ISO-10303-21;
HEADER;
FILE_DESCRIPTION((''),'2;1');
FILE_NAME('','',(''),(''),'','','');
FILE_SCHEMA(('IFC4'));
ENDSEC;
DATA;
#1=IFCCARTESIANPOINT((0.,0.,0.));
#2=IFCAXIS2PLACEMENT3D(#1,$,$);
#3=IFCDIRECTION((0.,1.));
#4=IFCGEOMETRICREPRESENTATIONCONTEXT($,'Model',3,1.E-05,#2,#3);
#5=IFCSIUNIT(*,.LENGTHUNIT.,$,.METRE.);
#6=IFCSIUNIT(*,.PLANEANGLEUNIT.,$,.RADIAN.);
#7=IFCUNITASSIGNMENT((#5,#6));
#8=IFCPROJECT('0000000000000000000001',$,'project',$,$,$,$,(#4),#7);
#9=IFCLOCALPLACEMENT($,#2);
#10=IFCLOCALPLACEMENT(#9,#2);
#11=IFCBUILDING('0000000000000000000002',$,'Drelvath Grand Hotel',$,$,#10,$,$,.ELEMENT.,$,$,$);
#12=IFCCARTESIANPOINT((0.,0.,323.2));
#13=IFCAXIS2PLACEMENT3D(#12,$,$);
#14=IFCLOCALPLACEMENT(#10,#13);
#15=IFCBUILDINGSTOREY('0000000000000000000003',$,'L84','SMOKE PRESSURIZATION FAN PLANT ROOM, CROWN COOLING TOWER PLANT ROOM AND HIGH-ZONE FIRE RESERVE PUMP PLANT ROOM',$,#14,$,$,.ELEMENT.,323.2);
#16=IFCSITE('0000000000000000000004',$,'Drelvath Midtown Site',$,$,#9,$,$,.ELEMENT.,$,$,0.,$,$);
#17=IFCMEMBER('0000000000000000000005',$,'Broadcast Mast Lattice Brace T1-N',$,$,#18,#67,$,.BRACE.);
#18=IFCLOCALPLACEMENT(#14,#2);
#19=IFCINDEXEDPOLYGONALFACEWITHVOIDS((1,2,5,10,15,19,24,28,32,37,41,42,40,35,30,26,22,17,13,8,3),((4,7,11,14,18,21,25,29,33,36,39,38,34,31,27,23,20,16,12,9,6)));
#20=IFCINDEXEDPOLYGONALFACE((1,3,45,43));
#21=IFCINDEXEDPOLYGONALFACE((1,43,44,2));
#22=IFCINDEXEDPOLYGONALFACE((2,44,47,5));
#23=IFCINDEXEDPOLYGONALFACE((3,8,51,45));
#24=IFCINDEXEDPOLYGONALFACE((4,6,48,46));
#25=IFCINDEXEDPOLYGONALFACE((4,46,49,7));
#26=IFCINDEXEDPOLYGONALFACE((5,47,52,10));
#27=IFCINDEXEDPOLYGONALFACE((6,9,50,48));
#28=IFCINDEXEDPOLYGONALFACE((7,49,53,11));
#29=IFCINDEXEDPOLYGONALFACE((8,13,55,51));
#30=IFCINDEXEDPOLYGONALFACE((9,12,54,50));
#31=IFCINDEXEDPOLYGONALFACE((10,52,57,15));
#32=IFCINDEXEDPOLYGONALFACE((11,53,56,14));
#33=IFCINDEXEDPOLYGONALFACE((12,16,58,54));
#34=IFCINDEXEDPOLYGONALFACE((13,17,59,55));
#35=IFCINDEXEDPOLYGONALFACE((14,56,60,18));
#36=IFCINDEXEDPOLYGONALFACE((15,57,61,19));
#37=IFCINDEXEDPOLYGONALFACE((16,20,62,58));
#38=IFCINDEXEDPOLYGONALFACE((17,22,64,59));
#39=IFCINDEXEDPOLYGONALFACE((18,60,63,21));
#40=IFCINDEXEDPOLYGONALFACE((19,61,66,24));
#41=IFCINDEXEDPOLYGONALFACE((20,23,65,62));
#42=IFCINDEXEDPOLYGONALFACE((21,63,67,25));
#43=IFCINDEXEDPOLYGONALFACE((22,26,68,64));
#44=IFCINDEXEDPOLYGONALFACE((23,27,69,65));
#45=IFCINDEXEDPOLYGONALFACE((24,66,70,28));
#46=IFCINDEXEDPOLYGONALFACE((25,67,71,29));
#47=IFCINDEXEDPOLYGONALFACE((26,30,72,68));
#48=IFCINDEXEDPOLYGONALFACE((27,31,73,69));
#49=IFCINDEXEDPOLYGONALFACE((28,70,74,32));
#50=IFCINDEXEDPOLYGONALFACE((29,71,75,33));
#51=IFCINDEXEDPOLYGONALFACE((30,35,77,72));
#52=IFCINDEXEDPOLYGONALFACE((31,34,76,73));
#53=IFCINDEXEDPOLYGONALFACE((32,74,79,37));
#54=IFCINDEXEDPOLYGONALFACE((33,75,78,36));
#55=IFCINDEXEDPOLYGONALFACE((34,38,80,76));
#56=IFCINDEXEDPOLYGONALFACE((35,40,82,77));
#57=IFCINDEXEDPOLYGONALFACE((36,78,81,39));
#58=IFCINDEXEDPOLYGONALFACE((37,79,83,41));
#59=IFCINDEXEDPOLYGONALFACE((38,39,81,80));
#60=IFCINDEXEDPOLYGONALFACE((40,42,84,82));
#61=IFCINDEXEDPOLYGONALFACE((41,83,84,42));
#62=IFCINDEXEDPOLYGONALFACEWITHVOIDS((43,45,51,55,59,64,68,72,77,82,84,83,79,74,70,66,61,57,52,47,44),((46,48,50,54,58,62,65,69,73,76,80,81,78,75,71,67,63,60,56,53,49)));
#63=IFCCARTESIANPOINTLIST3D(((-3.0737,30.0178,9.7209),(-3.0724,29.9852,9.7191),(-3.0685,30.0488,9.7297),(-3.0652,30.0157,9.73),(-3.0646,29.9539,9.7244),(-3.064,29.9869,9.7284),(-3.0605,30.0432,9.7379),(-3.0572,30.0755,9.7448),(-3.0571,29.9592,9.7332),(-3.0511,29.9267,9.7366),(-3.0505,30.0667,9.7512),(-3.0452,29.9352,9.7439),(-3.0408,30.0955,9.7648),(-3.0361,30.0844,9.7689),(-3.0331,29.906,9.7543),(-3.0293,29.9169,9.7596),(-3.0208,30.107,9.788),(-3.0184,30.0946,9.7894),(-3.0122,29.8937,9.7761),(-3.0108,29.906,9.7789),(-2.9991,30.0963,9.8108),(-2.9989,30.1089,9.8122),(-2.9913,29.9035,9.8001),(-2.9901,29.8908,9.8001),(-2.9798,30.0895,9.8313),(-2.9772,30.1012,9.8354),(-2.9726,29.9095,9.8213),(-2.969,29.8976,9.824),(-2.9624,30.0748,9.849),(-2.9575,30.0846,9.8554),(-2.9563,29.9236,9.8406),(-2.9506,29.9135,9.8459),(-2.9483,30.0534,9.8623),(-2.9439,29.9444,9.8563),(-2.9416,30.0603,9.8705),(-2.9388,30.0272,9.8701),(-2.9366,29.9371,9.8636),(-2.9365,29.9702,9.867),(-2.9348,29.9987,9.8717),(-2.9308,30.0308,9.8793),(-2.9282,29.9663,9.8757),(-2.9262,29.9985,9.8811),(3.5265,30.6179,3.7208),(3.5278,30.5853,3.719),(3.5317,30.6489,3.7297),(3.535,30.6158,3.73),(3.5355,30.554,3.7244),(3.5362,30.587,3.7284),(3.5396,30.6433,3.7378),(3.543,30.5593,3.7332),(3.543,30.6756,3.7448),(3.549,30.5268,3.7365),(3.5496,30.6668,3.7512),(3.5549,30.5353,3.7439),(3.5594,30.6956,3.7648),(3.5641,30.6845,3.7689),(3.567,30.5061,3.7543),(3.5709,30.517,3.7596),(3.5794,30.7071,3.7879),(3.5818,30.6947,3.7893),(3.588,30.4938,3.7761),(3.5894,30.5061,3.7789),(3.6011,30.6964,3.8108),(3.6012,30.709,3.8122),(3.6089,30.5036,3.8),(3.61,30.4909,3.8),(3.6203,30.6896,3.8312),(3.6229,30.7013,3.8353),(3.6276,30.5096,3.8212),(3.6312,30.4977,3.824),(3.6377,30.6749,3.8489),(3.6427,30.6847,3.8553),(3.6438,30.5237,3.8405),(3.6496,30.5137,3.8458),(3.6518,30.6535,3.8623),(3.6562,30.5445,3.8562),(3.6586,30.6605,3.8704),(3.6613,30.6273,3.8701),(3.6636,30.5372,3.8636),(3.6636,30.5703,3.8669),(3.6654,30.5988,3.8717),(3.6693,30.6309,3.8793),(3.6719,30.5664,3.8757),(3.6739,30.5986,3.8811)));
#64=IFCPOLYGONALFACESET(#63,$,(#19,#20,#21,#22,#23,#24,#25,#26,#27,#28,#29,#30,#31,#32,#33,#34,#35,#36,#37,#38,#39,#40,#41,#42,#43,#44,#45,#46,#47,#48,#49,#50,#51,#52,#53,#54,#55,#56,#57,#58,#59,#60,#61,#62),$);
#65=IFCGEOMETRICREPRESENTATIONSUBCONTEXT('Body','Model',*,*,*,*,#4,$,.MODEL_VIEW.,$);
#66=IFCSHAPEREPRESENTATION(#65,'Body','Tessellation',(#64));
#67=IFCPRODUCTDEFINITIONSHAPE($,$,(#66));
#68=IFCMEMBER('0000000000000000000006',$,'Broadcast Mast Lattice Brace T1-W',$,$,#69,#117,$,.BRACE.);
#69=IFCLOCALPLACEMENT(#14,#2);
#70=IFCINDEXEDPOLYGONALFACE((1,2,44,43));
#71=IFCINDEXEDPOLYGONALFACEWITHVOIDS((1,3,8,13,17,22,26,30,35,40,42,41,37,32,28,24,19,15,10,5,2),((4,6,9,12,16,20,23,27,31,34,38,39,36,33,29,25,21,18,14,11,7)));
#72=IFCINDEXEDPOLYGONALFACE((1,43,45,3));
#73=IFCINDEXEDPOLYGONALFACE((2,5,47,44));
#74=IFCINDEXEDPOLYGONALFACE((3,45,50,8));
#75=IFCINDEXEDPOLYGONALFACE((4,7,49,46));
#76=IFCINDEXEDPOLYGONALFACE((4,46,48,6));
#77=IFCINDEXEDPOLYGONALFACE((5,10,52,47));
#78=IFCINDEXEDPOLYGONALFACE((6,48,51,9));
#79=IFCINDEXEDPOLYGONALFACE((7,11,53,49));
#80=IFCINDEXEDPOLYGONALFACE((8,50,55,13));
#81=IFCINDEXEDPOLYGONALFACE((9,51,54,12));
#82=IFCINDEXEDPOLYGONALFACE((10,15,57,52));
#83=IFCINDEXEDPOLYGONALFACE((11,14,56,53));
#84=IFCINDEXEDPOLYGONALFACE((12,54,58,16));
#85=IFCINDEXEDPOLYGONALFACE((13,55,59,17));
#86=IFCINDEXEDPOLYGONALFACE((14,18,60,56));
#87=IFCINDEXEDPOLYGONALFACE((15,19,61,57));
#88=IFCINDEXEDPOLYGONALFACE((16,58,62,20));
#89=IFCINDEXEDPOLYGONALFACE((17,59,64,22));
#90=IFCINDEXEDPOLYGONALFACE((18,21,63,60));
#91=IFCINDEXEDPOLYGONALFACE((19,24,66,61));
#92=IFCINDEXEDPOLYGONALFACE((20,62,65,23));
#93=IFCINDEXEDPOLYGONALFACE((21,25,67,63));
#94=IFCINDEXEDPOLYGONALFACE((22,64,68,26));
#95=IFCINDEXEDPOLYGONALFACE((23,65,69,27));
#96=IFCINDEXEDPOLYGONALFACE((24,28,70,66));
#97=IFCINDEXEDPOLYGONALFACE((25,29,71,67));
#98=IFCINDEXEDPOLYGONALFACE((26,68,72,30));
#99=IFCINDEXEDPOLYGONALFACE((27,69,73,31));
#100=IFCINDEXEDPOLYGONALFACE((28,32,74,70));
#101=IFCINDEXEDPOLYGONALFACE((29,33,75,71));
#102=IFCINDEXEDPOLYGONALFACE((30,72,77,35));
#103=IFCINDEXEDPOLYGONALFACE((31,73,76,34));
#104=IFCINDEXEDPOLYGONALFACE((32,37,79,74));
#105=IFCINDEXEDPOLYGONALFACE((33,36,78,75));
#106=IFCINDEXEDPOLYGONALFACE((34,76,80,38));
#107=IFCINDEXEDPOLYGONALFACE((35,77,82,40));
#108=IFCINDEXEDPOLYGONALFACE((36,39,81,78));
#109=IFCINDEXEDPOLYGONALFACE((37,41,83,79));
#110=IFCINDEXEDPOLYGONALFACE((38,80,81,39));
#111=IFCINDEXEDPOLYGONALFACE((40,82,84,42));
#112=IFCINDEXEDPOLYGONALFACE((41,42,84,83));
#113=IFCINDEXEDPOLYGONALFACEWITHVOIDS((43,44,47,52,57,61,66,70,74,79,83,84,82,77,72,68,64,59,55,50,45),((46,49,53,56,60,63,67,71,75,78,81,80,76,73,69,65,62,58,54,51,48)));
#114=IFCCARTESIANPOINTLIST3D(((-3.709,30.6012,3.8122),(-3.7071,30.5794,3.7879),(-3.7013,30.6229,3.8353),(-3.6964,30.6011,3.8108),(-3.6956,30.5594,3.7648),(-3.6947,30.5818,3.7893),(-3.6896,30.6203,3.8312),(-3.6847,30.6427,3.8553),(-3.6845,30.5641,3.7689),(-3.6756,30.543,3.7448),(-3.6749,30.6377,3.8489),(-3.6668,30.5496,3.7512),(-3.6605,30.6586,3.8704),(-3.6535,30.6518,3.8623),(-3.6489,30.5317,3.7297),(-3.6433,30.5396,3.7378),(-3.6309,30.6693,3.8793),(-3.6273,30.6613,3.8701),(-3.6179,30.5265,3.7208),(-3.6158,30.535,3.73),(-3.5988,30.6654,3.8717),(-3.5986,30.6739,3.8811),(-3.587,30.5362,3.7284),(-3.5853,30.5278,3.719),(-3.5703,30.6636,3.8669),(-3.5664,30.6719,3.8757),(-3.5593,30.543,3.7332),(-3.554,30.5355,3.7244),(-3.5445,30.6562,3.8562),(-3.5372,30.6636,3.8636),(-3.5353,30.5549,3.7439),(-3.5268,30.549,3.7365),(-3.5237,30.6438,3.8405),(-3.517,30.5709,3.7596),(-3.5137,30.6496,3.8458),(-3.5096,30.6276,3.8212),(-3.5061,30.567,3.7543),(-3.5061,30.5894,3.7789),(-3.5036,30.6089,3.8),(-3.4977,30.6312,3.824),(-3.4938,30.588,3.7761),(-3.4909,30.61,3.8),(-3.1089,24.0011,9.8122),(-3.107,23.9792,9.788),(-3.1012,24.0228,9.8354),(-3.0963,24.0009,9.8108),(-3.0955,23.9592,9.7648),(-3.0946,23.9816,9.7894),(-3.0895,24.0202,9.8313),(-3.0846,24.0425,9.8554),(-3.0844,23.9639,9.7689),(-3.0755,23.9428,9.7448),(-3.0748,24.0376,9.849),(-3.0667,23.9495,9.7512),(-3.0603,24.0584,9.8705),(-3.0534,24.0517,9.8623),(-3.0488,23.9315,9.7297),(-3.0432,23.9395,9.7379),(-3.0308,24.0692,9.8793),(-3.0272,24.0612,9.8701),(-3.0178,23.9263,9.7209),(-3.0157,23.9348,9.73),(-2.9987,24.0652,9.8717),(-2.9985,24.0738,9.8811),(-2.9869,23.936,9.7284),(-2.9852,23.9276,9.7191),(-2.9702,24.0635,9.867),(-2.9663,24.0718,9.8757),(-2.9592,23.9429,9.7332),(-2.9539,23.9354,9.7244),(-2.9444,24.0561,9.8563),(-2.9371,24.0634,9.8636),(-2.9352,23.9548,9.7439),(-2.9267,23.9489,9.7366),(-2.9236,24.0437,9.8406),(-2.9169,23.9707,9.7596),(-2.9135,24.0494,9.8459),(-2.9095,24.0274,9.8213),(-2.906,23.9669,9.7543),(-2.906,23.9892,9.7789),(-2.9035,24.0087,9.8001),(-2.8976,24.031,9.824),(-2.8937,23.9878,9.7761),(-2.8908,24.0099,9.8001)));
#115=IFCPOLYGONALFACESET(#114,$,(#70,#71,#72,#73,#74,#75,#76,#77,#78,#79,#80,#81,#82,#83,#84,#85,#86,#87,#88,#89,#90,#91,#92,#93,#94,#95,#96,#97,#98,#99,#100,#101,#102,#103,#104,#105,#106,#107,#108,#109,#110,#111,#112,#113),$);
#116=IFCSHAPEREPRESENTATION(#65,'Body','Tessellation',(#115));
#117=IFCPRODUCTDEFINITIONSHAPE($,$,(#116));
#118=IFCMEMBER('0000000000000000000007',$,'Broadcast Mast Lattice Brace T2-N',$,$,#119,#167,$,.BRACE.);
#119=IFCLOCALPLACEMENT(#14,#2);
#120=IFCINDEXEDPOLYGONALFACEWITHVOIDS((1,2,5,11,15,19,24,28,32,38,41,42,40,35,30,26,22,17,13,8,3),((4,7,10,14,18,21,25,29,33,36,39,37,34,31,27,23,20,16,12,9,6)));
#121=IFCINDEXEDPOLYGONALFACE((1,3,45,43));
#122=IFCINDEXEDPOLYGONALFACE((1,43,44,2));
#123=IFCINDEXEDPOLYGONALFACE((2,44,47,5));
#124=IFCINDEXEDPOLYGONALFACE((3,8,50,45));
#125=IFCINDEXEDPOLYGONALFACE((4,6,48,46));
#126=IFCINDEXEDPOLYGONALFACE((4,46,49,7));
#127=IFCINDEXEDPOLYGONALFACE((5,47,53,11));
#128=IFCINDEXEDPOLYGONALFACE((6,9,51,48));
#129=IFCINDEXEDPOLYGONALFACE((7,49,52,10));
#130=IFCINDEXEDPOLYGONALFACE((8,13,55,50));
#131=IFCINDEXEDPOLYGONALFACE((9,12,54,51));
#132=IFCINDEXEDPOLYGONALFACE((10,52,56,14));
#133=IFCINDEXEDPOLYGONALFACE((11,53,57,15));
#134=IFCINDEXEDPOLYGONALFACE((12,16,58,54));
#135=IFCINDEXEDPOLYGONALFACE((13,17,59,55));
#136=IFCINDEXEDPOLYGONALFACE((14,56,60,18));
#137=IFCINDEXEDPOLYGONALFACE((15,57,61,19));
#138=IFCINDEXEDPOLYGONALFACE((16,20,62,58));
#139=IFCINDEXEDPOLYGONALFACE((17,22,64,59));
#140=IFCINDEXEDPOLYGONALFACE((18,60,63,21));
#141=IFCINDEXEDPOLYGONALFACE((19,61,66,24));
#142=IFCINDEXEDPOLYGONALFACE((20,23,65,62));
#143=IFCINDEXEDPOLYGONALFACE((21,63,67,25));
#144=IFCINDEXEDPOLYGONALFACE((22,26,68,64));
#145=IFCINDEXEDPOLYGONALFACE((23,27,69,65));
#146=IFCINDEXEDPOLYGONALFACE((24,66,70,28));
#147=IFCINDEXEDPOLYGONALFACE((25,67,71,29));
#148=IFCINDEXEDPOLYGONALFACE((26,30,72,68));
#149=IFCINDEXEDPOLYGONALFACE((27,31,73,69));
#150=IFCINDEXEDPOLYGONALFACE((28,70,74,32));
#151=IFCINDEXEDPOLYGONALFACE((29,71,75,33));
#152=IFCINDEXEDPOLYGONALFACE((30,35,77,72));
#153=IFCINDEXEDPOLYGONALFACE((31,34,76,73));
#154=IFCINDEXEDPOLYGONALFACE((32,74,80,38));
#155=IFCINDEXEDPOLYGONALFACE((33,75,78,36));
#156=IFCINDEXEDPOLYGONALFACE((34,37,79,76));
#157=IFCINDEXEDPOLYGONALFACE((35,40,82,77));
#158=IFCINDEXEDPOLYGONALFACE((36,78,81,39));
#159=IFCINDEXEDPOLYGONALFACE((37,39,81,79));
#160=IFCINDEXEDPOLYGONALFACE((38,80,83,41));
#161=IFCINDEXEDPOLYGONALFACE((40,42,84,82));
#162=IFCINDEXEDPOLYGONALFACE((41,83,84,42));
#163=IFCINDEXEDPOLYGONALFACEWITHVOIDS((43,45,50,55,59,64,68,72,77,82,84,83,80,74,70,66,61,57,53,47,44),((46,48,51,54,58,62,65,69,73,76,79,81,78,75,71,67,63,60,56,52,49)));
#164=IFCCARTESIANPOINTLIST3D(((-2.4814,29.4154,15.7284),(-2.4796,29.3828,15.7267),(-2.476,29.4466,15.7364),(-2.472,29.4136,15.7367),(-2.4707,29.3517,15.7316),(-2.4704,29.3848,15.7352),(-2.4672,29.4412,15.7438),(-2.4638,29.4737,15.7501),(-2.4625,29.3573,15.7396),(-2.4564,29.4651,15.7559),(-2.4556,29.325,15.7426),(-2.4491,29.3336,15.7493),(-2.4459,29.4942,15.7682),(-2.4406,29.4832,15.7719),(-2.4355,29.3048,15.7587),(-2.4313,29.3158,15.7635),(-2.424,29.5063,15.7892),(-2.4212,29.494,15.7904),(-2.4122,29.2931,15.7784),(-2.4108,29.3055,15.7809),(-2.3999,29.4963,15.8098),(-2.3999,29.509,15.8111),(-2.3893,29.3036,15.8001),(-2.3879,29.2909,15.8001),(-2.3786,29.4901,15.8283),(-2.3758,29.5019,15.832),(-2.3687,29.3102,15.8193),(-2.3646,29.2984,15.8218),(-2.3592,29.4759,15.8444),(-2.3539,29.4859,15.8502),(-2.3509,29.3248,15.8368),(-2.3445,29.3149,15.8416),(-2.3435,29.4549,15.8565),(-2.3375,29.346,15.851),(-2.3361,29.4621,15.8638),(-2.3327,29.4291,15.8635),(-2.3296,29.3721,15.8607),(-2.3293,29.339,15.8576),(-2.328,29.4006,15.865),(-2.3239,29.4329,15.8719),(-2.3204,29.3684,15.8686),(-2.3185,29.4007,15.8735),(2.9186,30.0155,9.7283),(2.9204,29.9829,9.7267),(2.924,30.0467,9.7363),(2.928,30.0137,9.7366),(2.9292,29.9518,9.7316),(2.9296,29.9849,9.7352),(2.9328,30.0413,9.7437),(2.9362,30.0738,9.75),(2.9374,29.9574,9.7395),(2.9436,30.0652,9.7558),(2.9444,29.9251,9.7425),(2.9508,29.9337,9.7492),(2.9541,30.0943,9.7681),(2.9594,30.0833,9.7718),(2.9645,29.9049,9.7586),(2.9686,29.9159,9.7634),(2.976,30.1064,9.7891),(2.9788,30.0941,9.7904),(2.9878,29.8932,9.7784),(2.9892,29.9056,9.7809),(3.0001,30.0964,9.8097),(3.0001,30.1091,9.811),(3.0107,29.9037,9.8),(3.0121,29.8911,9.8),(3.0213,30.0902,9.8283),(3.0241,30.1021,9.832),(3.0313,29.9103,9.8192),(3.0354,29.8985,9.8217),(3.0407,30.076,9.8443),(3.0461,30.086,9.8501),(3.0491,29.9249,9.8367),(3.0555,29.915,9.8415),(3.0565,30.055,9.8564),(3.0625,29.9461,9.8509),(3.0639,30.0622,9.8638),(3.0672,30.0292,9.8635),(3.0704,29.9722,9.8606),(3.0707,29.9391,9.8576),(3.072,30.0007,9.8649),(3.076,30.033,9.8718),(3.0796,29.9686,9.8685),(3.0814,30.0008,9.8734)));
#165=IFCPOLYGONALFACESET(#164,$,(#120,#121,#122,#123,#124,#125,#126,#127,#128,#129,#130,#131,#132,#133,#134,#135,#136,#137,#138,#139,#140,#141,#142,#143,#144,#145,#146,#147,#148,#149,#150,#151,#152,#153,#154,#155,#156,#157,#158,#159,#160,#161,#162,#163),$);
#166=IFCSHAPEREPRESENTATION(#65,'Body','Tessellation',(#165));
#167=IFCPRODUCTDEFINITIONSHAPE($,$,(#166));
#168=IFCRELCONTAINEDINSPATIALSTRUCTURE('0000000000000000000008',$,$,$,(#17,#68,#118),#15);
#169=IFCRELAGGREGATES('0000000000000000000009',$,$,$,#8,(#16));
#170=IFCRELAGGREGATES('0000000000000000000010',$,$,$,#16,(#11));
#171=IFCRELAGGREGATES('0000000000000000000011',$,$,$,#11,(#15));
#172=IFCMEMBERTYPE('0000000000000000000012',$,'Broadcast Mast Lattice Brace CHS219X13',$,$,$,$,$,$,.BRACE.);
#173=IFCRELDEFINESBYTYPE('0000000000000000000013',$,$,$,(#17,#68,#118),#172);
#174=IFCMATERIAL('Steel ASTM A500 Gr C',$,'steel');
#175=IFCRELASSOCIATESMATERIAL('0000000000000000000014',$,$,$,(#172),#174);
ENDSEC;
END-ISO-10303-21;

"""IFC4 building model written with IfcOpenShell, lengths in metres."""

from ifc_helpers import new_model, si_unit, direction, frame, origin, origin_2d, place, context, subcontext, project, spatial, hollow_circle, extrude, material, material_profile, profile_set, type_object, element, save


model = new_model("IFC4")

# Units and contexts
model_context = context("Model", 3, precision=1e-05, world=origin(), true_north=direction((0.0, 1.0)))
body_context = subcontext(model_context, "Body", "Model", "MODEL_VIEW")
ifc_project = project(units=[si_unit("LENGTHUNIT", "METRE"), si_unit("PLANEANGLEUNIT", "RADIAN")], contexts=[model_context])

# Site, building, storey
site_placement = place(None, origin())
site = spatial("IfcSite", under=ifc_project, at=site_placement, Name="Drelvath Midtown Site", CompositionType="ELEMENT", RefElevation=0.0)
building_placement = place(site_placement, origin())
building = spatial("IfcBuilding", under=site, at=building_placement, Name="Drelvath Grand Hotel", CompositionType="ELEMENT")
storey_placement = place(building_placement, frame((0.0, 0.0, 323.2)))
storey = spatial("IfcBuildingStorey", under=building, at=storey_placement, Name="L84", Description="SMOKE PRESSURIZATION FAN PLANT ROOM, CROWN COOLING TOWER PLANT ROOM AND HIGH-ZONE FIRE RESERVE PUMP PLANT ROOM", CompositionType="ELEMENT", Elevation=323.2)

# Members
ifc_material_1 = material(Name="Steel ASTM A500 Gr C", Category="steel")
ifc_material_profile_1 = material_profile(ifc_material_1, hollow_circle(Radius=0.1096, WallThickness=0.0127, at=origin_2d()), Name="CHS219X13")
ifc_profile_set_1 = profile_set([ifc_material_profile_1], Name="Steel ASTM A500 Gr C")
member_type_1 = type_object("IfcMemberType", Name="Broadcast Mast Lattice Brace CHS219X13", PredefinedType="BRACE", material=ifc_profile_set_1)
for number, where, z_axis, x_axis, name in (
    (1, (3.6001, 30.6001, 3.8), (-0.738276, -0.067126, 0.67115), (0.090549, -0.995892, 0.0), "Broadcast Mast Lattice Brace T1-N"),
    (2, (-3.6001, 30.6001, 3.8), (0.067126, -0.738276, 0.67115), (0.995892, 0.090549, 0.0), "Broadcast Mast Lattice Brace T1-W"),
):
    element("IfcMember", number, at=place(storey_placement, frame(where, z_axis=z_axis, x_axis=x_axis)), inside=storey, type_object=member_type_1, Name=name, PredefinedType="BRACE", context=body_context, shape_type="SweptSolid", body=[
        extrude(hollow_circle(Radius=0.1096, WallThickness=0.0127, at=origin_2d()), origin(), (0.0, 0.0, 1.0), 8.9399),
    ])
for number, where, z_axis, x_axis, name in (
    (3, (3.0, 30.0, 9.8), (-0.667117, -0.074138, 0.741255), (0.110451, -0.993882, 0.0), "Broadcast Mast Lattice Brace T2-N"),
):
    element("IfcMember", number, at=place(storey_placement, frame(where, z_axis=z_axis, x_axis=x_axis)), inside=storey, type_object=member_type_1, Name=name, PredefinedType="BRACE", context=body_context, shape_type="SweptSolid", body=[
        extrude(hollow_circle(Radius=0.1096, WallThickness=0.0127, at=origin_2d()), origin(), (0.0, 0.0, 1.0), 8.0945),
    ])

save(model, "model.ifc")
